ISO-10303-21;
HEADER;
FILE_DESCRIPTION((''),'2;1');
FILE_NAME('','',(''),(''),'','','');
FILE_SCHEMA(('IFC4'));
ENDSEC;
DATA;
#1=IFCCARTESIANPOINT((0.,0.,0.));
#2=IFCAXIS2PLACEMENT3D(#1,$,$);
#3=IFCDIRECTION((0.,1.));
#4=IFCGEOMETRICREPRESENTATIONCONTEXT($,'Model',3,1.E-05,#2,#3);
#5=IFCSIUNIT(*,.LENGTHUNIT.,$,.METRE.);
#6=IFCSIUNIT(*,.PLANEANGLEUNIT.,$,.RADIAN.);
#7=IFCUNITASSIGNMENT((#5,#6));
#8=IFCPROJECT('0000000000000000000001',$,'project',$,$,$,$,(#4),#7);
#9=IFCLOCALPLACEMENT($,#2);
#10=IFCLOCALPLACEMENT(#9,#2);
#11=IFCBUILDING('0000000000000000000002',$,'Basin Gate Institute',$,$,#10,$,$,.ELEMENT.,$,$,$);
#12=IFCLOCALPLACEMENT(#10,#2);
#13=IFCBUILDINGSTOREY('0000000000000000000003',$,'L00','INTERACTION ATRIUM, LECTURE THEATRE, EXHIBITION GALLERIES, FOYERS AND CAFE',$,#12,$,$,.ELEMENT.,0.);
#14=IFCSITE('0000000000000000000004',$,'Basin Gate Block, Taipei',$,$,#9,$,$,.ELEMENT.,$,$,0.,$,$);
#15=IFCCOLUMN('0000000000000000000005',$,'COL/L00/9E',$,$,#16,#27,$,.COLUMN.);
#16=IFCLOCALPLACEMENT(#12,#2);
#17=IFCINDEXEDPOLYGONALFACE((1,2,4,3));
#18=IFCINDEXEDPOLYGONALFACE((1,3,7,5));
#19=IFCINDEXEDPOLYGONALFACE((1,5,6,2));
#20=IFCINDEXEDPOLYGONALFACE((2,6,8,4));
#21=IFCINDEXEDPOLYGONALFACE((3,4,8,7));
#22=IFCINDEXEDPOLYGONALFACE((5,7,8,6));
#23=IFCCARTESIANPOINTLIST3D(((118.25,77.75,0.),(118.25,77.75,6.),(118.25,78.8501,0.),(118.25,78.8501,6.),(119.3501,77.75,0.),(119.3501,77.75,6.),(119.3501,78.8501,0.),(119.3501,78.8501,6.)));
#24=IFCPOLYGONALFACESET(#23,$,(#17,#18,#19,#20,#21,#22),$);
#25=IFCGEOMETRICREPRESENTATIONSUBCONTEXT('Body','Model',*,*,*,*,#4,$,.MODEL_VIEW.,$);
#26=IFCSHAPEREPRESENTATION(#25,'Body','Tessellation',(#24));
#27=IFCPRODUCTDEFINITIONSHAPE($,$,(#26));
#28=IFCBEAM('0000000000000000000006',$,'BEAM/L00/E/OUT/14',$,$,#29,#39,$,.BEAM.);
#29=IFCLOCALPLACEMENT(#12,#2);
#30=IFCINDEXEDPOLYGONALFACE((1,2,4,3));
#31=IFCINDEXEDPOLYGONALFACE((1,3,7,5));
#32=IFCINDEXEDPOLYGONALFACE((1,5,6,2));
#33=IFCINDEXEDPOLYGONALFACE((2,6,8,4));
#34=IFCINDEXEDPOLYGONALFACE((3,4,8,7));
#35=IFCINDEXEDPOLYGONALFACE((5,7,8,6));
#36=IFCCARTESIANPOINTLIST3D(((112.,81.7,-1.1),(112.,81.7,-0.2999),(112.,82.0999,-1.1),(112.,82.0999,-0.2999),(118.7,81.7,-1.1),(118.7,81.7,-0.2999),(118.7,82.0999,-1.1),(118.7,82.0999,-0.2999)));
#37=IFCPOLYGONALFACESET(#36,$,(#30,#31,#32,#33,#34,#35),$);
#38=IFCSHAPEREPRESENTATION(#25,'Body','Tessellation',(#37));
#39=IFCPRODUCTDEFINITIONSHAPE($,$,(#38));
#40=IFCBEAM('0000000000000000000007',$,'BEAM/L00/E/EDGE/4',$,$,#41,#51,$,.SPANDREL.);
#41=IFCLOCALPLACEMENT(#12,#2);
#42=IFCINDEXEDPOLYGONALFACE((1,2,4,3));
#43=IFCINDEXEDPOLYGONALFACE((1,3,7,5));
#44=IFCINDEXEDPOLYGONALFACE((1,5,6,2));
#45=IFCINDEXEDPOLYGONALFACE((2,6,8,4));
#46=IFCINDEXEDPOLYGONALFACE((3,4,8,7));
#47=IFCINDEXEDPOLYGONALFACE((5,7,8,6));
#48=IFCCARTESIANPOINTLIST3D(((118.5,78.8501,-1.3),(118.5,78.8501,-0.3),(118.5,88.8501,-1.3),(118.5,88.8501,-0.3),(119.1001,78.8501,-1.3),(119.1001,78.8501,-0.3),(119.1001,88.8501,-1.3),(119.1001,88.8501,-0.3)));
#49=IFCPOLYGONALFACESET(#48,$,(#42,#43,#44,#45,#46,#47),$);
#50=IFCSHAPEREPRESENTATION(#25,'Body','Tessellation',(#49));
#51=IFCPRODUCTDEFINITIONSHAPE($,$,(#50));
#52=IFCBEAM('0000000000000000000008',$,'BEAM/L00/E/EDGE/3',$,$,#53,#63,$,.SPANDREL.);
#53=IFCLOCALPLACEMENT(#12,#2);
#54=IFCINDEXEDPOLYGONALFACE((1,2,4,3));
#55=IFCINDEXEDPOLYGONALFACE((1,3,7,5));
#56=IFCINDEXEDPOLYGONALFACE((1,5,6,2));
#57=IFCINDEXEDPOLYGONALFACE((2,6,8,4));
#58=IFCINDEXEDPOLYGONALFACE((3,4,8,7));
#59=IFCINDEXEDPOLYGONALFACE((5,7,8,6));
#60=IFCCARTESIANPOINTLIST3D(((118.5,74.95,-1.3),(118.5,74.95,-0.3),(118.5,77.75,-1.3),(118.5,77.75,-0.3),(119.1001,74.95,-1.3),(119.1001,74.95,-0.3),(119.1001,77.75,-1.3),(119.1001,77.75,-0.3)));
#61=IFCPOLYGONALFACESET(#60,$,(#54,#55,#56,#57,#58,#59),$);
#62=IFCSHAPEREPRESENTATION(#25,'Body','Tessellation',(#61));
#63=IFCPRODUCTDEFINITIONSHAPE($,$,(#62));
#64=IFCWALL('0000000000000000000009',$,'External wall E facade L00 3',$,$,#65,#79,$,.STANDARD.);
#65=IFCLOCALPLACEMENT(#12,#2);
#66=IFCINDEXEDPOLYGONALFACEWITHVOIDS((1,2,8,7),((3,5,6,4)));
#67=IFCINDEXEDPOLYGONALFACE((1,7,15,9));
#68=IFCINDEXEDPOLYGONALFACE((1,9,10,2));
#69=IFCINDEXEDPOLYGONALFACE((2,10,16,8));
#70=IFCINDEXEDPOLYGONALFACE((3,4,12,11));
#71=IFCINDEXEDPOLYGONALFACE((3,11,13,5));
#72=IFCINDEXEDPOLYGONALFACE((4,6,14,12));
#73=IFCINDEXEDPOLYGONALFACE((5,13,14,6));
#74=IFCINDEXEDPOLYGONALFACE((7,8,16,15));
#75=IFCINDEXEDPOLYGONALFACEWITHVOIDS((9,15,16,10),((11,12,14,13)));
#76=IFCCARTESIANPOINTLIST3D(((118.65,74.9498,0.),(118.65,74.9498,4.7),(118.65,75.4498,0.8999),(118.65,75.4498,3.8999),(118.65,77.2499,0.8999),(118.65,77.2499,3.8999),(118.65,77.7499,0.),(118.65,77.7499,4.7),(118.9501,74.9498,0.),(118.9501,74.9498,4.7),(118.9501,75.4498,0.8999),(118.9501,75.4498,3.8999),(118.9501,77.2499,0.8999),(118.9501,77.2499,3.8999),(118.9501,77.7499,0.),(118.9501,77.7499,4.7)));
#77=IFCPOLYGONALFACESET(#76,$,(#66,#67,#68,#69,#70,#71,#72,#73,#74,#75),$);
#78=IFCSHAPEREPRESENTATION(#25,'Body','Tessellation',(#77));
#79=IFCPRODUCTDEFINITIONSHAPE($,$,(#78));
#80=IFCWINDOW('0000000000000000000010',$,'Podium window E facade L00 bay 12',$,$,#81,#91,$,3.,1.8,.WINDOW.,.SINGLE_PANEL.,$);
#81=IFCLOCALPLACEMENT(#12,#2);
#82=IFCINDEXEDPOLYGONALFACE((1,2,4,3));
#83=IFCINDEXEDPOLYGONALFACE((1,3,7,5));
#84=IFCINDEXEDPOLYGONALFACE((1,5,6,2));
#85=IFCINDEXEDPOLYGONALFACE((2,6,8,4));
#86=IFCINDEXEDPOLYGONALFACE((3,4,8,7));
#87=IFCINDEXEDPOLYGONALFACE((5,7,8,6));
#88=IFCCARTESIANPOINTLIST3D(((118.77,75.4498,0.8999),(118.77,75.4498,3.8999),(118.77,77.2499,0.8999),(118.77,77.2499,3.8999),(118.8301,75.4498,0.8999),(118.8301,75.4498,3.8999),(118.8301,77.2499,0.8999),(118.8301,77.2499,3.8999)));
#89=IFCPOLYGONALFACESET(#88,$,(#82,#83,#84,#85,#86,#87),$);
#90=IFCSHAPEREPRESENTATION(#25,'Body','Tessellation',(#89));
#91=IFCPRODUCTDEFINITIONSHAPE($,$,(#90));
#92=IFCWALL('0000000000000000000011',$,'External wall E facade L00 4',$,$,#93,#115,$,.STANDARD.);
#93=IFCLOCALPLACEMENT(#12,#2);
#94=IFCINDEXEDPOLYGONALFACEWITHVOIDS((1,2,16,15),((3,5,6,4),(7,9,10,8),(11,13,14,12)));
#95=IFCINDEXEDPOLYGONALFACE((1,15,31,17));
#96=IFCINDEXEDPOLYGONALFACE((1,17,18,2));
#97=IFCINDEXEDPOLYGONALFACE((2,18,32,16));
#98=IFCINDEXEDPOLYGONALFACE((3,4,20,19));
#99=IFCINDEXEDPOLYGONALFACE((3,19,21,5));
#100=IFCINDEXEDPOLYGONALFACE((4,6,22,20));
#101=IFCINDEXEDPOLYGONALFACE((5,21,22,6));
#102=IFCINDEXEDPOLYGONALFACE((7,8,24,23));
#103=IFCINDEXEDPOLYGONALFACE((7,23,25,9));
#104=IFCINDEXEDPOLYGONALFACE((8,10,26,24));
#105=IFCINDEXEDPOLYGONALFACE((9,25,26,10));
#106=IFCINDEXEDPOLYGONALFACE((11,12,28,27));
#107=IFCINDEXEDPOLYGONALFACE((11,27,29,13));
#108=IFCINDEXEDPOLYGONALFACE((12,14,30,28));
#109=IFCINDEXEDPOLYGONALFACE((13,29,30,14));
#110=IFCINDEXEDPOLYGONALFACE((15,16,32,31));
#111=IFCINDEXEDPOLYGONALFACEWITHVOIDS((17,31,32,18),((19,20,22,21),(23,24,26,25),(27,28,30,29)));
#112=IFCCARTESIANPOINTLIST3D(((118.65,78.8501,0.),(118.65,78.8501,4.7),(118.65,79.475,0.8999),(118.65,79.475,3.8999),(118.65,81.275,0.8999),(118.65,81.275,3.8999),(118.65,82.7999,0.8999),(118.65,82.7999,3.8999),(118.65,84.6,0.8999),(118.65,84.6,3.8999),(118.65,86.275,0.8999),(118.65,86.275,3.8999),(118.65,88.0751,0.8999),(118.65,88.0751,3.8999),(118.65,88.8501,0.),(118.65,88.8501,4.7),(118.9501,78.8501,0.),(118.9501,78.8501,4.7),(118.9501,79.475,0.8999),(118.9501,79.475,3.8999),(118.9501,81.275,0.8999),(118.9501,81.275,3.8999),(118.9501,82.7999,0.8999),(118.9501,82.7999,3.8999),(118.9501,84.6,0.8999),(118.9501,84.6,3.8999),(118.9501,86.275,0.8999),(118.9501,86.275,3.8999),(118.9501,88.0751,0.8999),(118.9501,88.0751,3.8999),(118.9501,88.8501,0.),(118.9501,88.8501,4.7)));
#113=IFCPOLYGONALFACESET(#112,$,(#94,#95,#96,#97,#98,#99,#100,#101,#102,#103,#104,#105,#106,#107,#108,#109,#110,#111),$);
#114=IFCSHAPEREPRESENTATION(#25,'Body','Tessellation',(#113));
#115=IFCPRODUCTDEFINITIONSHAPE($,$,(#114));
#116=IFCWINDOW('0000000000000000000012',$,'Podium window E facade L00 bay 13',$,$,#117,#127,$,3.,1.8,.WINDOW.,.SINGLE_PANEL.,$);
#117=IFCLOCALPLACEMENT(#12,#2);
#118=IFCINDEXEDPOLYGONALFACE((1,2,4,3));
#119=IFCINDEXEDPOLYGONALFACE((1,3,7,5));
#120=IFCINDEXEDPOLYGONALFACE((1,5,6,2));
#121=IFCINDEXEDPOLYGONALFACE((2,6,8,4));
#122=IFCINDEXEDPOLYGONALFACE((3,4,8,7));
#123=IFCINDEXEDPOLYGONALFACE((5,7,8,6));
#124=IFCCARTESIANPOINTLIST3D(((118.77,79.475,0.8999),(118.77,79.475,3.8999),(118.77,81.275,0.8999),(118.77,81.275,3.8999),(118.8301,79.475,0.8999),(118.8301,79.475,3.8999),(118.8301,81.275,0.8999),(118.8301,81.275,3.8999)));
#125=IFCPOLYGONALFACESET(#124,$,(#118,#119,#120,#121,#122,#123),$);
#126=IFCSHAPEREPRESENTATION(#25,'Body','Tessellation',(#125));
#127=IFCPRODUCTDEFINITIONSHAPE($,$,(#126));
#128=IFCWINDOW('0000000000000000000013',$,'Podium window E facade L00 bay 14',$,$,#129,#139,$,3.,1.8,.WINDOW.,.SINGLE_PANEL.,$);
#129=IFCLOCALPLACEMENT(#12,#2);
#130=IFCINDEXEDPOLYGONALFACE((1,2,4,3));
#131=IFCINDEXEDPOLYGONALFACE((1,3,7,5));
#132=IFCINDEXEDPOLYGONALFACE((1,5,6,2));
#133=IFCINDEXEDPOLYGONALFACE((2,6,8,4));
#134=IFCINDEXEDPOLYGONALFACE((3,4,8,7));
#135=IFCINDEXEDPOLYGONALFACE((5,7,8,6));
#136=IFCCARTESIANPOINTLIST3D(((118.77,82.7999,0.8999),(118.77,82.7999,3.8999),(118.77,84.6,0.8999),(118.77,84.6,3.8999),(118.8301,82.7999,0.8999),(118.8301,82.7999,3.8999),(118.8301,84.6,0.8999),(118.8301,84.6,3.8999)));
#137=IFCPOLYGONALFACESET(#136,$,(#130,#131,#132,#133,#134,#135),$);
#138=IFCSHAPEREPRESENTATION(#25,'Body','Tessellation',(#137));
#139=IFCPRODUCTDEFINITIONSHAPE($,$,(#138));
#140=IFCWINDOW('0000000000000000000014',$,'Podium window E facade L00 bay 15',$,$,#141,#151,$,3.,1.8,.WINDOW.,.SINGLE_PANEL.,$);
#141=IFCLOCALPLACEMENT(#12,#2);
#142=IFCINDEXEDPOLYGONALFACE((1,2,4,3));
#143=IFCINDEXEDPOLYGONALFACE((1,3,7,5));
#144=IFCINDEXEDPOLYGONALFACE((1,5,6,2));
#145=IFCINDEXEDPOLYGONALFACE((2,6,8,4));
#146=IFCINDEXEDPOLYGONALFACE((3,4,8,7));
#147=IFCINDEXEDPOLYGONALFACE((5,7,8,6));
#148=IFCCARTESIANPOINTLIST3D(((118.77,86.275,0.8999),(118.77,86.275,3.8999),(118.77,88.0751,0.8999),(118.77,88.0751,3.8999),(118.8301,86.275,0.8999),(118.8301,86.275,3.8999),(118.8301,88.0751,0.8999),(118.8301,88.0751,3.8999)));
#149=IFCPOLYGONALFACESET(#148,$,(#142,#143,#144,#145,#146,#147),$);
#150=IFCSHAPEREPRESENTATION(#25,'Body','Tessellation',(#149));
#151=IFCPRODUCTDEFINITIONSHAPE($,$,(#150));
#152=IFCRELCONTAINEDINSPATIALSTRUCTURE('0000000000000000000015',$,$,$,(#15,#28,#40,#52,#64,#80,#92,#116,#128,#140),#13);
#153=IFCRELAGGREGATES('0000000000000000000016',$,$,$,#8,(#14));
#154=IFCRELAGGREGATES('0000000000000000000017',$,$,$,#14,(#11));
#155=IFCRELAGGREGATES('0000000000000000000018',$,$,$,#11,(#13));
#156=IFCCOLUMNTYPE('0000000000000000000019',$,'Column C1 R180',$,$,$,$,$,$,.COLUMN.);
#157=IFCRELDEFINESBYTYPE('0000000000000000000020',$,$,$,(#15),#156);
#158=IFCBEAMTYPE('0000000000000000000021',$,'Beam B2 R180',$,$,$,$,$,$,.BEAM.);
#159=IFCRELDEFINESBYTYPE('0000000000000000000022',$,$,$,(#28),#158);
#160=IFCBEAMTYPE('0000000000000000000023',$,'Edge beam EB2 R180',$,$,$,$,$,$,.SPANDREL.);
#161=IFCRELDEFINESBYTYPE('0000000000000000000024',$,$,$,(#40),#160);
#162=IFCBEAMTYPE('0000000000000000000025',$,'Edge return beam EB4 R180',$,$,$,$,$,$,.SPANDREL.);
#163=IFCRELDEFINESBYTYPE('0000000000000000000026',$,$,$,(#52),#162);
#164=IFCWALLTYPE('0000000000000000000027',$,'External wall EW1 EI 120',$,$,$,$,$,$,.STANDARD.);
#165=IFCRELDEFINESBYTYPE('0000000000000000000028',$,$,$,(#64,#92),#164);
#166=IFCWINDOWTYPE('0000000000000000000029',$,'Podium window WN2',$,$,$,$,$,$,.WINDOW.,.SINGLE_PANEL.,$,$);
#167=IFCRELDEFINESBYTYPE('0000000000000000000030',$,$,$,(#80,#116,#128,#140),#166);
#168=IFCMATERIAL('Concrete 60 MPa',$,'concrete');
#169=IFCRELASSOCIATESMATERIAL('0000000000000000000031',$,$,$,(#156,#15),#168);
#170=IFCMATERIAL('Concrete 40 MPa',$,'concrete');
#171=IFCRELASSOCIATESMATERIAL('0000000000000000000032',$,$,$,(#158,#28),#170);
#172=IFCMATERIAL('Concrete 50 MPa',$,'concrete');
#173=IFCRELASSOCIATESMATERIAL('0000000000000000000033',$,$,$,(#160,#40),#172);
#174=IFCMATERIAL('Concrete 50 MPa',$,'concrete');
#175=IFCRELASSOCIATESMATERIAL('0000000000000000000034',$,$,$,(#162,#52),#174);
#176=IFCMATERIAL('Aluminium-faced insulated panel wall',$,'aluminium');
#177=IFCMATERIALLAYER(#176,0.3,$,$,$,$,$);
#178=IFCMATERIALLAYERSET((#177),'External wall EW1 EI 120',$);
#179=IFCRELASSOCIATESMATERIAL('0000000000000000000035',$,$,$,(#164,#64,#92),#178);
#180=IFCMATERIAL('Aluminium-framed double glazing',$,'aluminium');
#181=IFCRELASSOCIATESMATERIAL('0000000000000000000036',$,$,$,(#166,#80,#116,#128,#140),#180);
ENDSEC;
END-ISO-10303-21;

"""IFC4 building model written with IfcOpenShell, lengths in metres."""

from ifc_helpers import new_model, si_unit, direction, frame, frame_2d, origin, origin_2d, place, context, subcontext, project, spatial, rectangle, extrude, material, layer, layer_set, material_profile, profile_set, type_object, element, fill, save


model = new_model("IFC4")

# Units and contexts
model_context = context("Model", 3, precision=1e-05, world=origin(), true_north=direction((0.0, 1.0)))
body_context = subcontext(model_context, "Body", "Model", "MODEL_VIEW")
ifc_project = project(units=[si_unit("LENGTHUNIT", "METRE"), si_unit("PLANEANGLEUNIT", "RADIAN")], contexts=[model_context])

# Site, building, storey
site_placement = place(None, origin())
site = spatial("IfcSite", under=ifc_project, at=site_placement, Name="Basin Gate Block, Taipei", CompositionType="ELEMENT", RefElevation=0.0)
building_placement = place(site_placement, origin())
building = spatial("IfcBuilding", under=site, at=building_placement, Name="Basin Gate Institute", CompositionType="ELEMENT")
storey_placement = place(building_placement, origin())
storey = spatial("IfcBuildingStorey", under=building, at=storey_placement, Name="L00", Description="INTERACTION ATRIUM, LECTURE THEATRE, EXHIBITION GALLERIES, FOYERS AND CAFE", CompositionType="ELEMENT", Elevation=0.0)

# Column
ifc_material_1 = material(Name="Concrete 60 MPa", Category="concrete")
ifc_material_profile_1 = material_profile(ifc_material_1, rectangle(XDim=1.1001, YDim=1.1001, at=origin_2d()), Name="Column C1 1100 x 1100")
ifc_profile_set_1 = profile_set([ifc_material_profile_1], Name="Concrete 60 MPa")
column_type = type_object("IfcColumnType", Name="Column C1 R180", PredefinedType="COLUMN", material=ifc_profile_set_1)
column_placement = place(storey_placement, frame((118.8, 78.3, 0.0), z_axis=(0.0, 0.0, 1.0), x_axis=(1.0, 0.0, 0.0)))
element("IfcColumn", 1, at=column_placement, inside=storey, type_object=column_type, material=ifc_profile_set_1, Name="COL/L00/9E", PredefinedType="COLUMN", context=body_context, shape_type="SweptSolid", body=[
    extrude(rectangle(XDim=1.1001, YDim=1.1001, at=origin_2d()), origin(), (0.0, 0.0, 1.0), 6.0),
])

# Beams
ifc_material_2 = material(Name="Concrete 40 MPa", Category="concrete")
ifc_material_profile_2 = material_profile(ifc_material_2, rectangle(XDim=0.3999, YDim=0.8, at=origin_2d()), Name="Beam B2 400 x 800")
ifc_profile_set_2 = profile_set([ifc_material_profile_2], Name="Concrete 40 MPa")
beam_type_1 = type_object("IfcBeamType", Name="Beam B2 R180", PredefinedType="BEAM", material=ifc_profile_set_2)
beam_1_placement = place(storey_placement, frame((118.7, 81.8999, -0.7), z_axis=(-1.0, 0.0, 0.0), x_axis=(0.0, -1.0, 0.0)))
element("IfcBeam", 2, at=beam_1_placement, inside=storey, type_object=beam_type_1, material=ifc_profile_set_2, Name="BEAM/L00/E/OUT/14", PredefinedType="BEAM", context=body_context, shape_type="SweptSolid", body=[
    extrude(rectangle(XDim=0.3999, YDim=0.8, at=origin_2d()), origin(), (0.0, 0.0, 1.0), 6.7),
])
ifc_material_3 = material(Name="Concrete 50 MPa", Category="concrete")
ifc_material_profile_3 = material_profile(ifc_material_3, rectangle(XDim=0.6001, YDim=1.0, at=origin_2d()), Name="Edge beam EB2 600 x 1000")
ifc_profile_set_3 = profile_set([ifc_material_profile_3], Name="Concrete 50 MPa")
beam_type_2 = type_object("IfcBeamType", Name="Edge beam EB2 R180", PredefinedType="SPANDREL", material=ifc_profile_set_3)
beam_2_placement = place(storey_placement, frame((118.8, 78.8501, -0.8), z_axis=(0.0, 1.0, 0.0), x_axis=(-1.0, 0.0, 0.0)))
element("IfcBeam", 3, at=beam_2_placement, inside=storey, type_object=beam_type_2, material=ifc_profile_set_3, Name="BEAM/L00/E/EDGE/4", PredefinedType="SPANDREL", context=body_context, shape_type="SweptSolid", body=[
    extrude(rectangle(XDim=0.6001, YDim=1.0, at=origin_2d()), origin(), (0.0, 0.0, 1.0), 10.0),
])
ifc_material_4 = material(Name="Concrete 50 MPa", Category="concrete")
ifc_material_profile_4 = material_profile(ifc_material_4, rectangle(XDim=0.6001, YDim=1.0, at=origin_2d()), Name="Edge return beam EB4 600 x 1000")
ifc_profile_set_4 = profile_set([ifc_material_profile_4], Name="Concrete 50 MPa")
beam_type_3 = type_object("IfcBeamType", Name="Edge return beam EB4 R180", PredefinedType="SPANDREL", material=ifc_profile_set_4)
beam_3_placement = place(storey_placement, frame((118.8, 74.95, -0.8), z_axis=(0.0, 1.0, 0.0), x_axis=(-1.0, 0.0, 0.0)))
element("IfcBeam", 4, at=beam_3_placement, inside=storey, type_object=beam_type_3, material=ifc_profile_set_4, Name="BEAM/L00/E/EDGE/3", PredefinedType="SPANDREL", context=body_context, shape_type="SweptSolid", body=[
    extrude(rectangle(XDim=0.6001, YDim=1.0, at=origin_2d()), origin(), (0.0, 0.0, 1.0), 2.8),
])

# Wall, opening, window
ifc_material_5 = material(Name="Aluminium-faced insulated panel wall", Category="aluminium")
ifc_layer_1 = layer(ifc_material_5, 0.3)
ifc_layer_set_1 = layer_set([ifc_layer_1], Name="External wall EW1 EI 120")
wall_type_1 = type_object("IfcWallType", Name="External wall EW1 EI 120", PredefinedType="STANDARD", material=ifc_layer_set_1)
wall_1_placement = place(storey_placement, frame((118.8, 74.95, 0.0), z_axis=(0.0, 0.0, 1.0), x_axis=(0.0, 1.0, 0.0)))
wall_1 = element("IfcWall", 5, at=wall_1_placement, inside=storey, type_object=wall_type_1, material=ifc_layer_set_1, Name="External wall E facade L00 3", PredefinedType="STANDARD", context=body_context, shape_type="SweptSolid", body=[
    extrude(rectangle(XDim=2.8, YDim=0.3, at=frame_2d((1.3999, 0.0))), origin(), (0.0, 0.0, 1.0), 4.7),
])
opening_1_placement = place(wall_1_placement, frame((0.5, 0.0, 0.8999)))
opening_1 = element("IfcOpeningElement", 6, at=opening_1_placement, cuts=wall_1, PredefinedType="OPENING", context=body_context, shape_type="SweptSolid", body=[
    extrude(rectangle(XDim=1.8, YDim=3.0, at=frame_2d((0.8999, 1.5))), frame((0.0, 0.1602, 0.0), z_axis=(0.0, -1.0, 0.0), x_axis=(1.0, 0.0, 0.0)), (0.0, 0.0, 1.0), 0.3201),
])
ifc_material_6 = material(Name="Aluminium-framed double glazing", Category="aluminium")
window_type = type_object("IfcWindowType", Name="Podium window WN2", PartitioningType="SINGLE_PANEL", PredefinedType="WINDOW", material=ifc_material_6)
window_1_placement = place(opening_1_placement, origin())
window_1 = element("IfcWindow", 7, at=window_1_placement, inside=storey, type_object=window_type, material=ifc_material_6, Name="Podium window E facade L00 bay 12", OverallHeight=3.0, OverallWidth=1.8, PartitioningType="SINGLE_PANEL", PredefinedType="WINDOW", context=body_context, shape_type="SweptSolid", body=[
    extrude(rectangle(XDim=1.8, YDim=3.0, at=frame_2d((0.8999, 1.5))), frame((0.0, 0.03, 0.0), z_axis=(0.0, -1.0, 0.0), x_axis=(1.0, 0.0, 0.0)), (0.0, 0.0, 1.0), 0.0601),
])
fill(opening_1, window_1)

# Wall, openings, windows
wall_2_placement = place(storey_placement, frame((118.8, 78.8501, 0.0), z_axis=(0.0, 0.0, 1.0), x_axis=(0.0, 1.0, 0.0)))
wall_2 = element("IfcWall", 8, at=wall_2_placement, inside=storey, type_object=wall_type_1, material=ifc_layer_set_1, Name="External wall E facade L00 4", PredefinedType="STANDARD", context=body_context, shape_type="SweptSolid", body=[
    extrude(rectangle(XDim=10.0, YDim=0.3, at=frame_2d((5.0, 0.0))), origin(), (0.0, 0.0, 1.0), 4.7),
])
opening_2_placement = place(wall_2_placement, frame((0.625, 0.0, 0.8999)))
opening_2 = element("IfcOpeningElement", 9, at=opening_2_placement, cuts=wall_2, PredefinedType="OPENING", context=body_context, shape_type="SweptSolid", body=[
    extrude(rectangle(XDim=1.8, YDim=3.0, at=frame_2d((0.8999, 1.5))), frame((0.0, 0.1602, 0.0), z_axis=(0.0, -1.0, 0.0), x_axis=(1.0, 0.0, 0.0)), (0.0, 0.0, 1.0), 0.3201),
])
opening_3_placement = place(wall_2_placement, frame((3.95, 0.0, 0.8999)))
opening_3 = element("IfcOpeningElement", 10, at=opening_3_placement, cuts=wall_2, PredefinedType="OPENING", context=body_context, shape_type="SweptSolid", body=[
    extrude(rectangle(XDim=1.8, YDim=3.0, at=frame_2d((0.8999, 1.5))), frame((0.0, 0.1602, 0.0), z_axis=(0.0, -1.0, 0.0), x_axis=(1.0, 0.0, 0.0)), (0.0, 0.0, 1.0), 0.3201),
])
opening_4_placement = place(wall_2_placement, frame((7.425, 0.0, 0.8999)))
opening_4 = element("IfcOpeningElement", 11, at=opening_4_placement, cuts=wall_2, PredefinedType="OPENING", context=body_context, shape_type="SweptSolid", body=[
    extrude(rectangle(XDim=1.8, YDim=3.0, at=frame_2d((0.8999, 1.5))), frame((0.0, 0.1602, 0.0), z_axis=(0.0, -1.0, 0.0), x_axis=(1.0, 0.0, 0.0)), (0.0, 0.0, 1.0), 0.3201),
])
window_2_placement = place(opening_2_placement, origin())
window_2 = element("IfcWindow", 12, at=window_2_placement, inside=storey, type_object=window_type, material=ifc_material_6, Name="Podium window E facade L00 bay 13", OverallHeight=3.0, OverallWidth=1.8, PartitioningType="SINGLE_PANEL", PredefinedType="WINDOW", context=body_context, shape_type="SweptSolid", body=[
    extrude(rectangle(XDim=1.8, YDim=3.0, at=frame_2d((0.8999, 1.5))), frame((0.0, 0.03, 0.0), z_axis=(0.0, -1.0, 0.0), x_axis=(1.0, 0.0, 0.0)), (0.0, 0.0, 1.0), 0.0601),
])
fill(opening_2, window_2)
window_3_placement = place(opening_3_placement, origin())
window_3 = element("IfcWindow", 13, at=window_3_placement, inside=storey, type_object=window_type, material=ifc_material_6, Name="Podium window E facade L00 bay 14", OverallHeight=3.0, OverallWidth=1.8, PartitioningType="SINGLE_PANEL", PredefinedType="WINDOW", context=body_context, shape_type="SweptSolid", body=[
    extrude(rectangle(XDim=1.8, YDim=3.0, at=frame_2d((0.8999, 1.5))), frame((0.0, 0.03, 0.0), z_axis=(0.0, -1.0, 0.0), x_axis=(1.0, 0.0, 0.0)), (0.0, 0.0, 1.0), 0.0601),
])
fill(opening_3, window_3)
window_4_placement = place(opening_4_placement, origin())
window_4 = element("IfcWindow", 14, at=window_4_placement, inside=storey, type_object=window_type, material=ifc_material_6, Name="Podium window E facade L00 bay 15", OverallHeight=3.0, OverallWidth=1.8, PartitioningType="SINGLE_PANEL", PredefinedType="WINDOW", context=body_context, shape_type="SweptSolid", body=[
    extrude(rectangle(XDim=1.8, YDim=3.0, at=frame_2d((0.8999, 1.5))), frame((0.0, 0.03, 0.0), z_axis=(0.0, -1.0, 0.0), x_axis=(1.0, 0.0, 0.0)), (0.0, 0.0, 1.0), 0.0601),
])
fill(opening_4, window_4)

save(model, "model.ifc")
